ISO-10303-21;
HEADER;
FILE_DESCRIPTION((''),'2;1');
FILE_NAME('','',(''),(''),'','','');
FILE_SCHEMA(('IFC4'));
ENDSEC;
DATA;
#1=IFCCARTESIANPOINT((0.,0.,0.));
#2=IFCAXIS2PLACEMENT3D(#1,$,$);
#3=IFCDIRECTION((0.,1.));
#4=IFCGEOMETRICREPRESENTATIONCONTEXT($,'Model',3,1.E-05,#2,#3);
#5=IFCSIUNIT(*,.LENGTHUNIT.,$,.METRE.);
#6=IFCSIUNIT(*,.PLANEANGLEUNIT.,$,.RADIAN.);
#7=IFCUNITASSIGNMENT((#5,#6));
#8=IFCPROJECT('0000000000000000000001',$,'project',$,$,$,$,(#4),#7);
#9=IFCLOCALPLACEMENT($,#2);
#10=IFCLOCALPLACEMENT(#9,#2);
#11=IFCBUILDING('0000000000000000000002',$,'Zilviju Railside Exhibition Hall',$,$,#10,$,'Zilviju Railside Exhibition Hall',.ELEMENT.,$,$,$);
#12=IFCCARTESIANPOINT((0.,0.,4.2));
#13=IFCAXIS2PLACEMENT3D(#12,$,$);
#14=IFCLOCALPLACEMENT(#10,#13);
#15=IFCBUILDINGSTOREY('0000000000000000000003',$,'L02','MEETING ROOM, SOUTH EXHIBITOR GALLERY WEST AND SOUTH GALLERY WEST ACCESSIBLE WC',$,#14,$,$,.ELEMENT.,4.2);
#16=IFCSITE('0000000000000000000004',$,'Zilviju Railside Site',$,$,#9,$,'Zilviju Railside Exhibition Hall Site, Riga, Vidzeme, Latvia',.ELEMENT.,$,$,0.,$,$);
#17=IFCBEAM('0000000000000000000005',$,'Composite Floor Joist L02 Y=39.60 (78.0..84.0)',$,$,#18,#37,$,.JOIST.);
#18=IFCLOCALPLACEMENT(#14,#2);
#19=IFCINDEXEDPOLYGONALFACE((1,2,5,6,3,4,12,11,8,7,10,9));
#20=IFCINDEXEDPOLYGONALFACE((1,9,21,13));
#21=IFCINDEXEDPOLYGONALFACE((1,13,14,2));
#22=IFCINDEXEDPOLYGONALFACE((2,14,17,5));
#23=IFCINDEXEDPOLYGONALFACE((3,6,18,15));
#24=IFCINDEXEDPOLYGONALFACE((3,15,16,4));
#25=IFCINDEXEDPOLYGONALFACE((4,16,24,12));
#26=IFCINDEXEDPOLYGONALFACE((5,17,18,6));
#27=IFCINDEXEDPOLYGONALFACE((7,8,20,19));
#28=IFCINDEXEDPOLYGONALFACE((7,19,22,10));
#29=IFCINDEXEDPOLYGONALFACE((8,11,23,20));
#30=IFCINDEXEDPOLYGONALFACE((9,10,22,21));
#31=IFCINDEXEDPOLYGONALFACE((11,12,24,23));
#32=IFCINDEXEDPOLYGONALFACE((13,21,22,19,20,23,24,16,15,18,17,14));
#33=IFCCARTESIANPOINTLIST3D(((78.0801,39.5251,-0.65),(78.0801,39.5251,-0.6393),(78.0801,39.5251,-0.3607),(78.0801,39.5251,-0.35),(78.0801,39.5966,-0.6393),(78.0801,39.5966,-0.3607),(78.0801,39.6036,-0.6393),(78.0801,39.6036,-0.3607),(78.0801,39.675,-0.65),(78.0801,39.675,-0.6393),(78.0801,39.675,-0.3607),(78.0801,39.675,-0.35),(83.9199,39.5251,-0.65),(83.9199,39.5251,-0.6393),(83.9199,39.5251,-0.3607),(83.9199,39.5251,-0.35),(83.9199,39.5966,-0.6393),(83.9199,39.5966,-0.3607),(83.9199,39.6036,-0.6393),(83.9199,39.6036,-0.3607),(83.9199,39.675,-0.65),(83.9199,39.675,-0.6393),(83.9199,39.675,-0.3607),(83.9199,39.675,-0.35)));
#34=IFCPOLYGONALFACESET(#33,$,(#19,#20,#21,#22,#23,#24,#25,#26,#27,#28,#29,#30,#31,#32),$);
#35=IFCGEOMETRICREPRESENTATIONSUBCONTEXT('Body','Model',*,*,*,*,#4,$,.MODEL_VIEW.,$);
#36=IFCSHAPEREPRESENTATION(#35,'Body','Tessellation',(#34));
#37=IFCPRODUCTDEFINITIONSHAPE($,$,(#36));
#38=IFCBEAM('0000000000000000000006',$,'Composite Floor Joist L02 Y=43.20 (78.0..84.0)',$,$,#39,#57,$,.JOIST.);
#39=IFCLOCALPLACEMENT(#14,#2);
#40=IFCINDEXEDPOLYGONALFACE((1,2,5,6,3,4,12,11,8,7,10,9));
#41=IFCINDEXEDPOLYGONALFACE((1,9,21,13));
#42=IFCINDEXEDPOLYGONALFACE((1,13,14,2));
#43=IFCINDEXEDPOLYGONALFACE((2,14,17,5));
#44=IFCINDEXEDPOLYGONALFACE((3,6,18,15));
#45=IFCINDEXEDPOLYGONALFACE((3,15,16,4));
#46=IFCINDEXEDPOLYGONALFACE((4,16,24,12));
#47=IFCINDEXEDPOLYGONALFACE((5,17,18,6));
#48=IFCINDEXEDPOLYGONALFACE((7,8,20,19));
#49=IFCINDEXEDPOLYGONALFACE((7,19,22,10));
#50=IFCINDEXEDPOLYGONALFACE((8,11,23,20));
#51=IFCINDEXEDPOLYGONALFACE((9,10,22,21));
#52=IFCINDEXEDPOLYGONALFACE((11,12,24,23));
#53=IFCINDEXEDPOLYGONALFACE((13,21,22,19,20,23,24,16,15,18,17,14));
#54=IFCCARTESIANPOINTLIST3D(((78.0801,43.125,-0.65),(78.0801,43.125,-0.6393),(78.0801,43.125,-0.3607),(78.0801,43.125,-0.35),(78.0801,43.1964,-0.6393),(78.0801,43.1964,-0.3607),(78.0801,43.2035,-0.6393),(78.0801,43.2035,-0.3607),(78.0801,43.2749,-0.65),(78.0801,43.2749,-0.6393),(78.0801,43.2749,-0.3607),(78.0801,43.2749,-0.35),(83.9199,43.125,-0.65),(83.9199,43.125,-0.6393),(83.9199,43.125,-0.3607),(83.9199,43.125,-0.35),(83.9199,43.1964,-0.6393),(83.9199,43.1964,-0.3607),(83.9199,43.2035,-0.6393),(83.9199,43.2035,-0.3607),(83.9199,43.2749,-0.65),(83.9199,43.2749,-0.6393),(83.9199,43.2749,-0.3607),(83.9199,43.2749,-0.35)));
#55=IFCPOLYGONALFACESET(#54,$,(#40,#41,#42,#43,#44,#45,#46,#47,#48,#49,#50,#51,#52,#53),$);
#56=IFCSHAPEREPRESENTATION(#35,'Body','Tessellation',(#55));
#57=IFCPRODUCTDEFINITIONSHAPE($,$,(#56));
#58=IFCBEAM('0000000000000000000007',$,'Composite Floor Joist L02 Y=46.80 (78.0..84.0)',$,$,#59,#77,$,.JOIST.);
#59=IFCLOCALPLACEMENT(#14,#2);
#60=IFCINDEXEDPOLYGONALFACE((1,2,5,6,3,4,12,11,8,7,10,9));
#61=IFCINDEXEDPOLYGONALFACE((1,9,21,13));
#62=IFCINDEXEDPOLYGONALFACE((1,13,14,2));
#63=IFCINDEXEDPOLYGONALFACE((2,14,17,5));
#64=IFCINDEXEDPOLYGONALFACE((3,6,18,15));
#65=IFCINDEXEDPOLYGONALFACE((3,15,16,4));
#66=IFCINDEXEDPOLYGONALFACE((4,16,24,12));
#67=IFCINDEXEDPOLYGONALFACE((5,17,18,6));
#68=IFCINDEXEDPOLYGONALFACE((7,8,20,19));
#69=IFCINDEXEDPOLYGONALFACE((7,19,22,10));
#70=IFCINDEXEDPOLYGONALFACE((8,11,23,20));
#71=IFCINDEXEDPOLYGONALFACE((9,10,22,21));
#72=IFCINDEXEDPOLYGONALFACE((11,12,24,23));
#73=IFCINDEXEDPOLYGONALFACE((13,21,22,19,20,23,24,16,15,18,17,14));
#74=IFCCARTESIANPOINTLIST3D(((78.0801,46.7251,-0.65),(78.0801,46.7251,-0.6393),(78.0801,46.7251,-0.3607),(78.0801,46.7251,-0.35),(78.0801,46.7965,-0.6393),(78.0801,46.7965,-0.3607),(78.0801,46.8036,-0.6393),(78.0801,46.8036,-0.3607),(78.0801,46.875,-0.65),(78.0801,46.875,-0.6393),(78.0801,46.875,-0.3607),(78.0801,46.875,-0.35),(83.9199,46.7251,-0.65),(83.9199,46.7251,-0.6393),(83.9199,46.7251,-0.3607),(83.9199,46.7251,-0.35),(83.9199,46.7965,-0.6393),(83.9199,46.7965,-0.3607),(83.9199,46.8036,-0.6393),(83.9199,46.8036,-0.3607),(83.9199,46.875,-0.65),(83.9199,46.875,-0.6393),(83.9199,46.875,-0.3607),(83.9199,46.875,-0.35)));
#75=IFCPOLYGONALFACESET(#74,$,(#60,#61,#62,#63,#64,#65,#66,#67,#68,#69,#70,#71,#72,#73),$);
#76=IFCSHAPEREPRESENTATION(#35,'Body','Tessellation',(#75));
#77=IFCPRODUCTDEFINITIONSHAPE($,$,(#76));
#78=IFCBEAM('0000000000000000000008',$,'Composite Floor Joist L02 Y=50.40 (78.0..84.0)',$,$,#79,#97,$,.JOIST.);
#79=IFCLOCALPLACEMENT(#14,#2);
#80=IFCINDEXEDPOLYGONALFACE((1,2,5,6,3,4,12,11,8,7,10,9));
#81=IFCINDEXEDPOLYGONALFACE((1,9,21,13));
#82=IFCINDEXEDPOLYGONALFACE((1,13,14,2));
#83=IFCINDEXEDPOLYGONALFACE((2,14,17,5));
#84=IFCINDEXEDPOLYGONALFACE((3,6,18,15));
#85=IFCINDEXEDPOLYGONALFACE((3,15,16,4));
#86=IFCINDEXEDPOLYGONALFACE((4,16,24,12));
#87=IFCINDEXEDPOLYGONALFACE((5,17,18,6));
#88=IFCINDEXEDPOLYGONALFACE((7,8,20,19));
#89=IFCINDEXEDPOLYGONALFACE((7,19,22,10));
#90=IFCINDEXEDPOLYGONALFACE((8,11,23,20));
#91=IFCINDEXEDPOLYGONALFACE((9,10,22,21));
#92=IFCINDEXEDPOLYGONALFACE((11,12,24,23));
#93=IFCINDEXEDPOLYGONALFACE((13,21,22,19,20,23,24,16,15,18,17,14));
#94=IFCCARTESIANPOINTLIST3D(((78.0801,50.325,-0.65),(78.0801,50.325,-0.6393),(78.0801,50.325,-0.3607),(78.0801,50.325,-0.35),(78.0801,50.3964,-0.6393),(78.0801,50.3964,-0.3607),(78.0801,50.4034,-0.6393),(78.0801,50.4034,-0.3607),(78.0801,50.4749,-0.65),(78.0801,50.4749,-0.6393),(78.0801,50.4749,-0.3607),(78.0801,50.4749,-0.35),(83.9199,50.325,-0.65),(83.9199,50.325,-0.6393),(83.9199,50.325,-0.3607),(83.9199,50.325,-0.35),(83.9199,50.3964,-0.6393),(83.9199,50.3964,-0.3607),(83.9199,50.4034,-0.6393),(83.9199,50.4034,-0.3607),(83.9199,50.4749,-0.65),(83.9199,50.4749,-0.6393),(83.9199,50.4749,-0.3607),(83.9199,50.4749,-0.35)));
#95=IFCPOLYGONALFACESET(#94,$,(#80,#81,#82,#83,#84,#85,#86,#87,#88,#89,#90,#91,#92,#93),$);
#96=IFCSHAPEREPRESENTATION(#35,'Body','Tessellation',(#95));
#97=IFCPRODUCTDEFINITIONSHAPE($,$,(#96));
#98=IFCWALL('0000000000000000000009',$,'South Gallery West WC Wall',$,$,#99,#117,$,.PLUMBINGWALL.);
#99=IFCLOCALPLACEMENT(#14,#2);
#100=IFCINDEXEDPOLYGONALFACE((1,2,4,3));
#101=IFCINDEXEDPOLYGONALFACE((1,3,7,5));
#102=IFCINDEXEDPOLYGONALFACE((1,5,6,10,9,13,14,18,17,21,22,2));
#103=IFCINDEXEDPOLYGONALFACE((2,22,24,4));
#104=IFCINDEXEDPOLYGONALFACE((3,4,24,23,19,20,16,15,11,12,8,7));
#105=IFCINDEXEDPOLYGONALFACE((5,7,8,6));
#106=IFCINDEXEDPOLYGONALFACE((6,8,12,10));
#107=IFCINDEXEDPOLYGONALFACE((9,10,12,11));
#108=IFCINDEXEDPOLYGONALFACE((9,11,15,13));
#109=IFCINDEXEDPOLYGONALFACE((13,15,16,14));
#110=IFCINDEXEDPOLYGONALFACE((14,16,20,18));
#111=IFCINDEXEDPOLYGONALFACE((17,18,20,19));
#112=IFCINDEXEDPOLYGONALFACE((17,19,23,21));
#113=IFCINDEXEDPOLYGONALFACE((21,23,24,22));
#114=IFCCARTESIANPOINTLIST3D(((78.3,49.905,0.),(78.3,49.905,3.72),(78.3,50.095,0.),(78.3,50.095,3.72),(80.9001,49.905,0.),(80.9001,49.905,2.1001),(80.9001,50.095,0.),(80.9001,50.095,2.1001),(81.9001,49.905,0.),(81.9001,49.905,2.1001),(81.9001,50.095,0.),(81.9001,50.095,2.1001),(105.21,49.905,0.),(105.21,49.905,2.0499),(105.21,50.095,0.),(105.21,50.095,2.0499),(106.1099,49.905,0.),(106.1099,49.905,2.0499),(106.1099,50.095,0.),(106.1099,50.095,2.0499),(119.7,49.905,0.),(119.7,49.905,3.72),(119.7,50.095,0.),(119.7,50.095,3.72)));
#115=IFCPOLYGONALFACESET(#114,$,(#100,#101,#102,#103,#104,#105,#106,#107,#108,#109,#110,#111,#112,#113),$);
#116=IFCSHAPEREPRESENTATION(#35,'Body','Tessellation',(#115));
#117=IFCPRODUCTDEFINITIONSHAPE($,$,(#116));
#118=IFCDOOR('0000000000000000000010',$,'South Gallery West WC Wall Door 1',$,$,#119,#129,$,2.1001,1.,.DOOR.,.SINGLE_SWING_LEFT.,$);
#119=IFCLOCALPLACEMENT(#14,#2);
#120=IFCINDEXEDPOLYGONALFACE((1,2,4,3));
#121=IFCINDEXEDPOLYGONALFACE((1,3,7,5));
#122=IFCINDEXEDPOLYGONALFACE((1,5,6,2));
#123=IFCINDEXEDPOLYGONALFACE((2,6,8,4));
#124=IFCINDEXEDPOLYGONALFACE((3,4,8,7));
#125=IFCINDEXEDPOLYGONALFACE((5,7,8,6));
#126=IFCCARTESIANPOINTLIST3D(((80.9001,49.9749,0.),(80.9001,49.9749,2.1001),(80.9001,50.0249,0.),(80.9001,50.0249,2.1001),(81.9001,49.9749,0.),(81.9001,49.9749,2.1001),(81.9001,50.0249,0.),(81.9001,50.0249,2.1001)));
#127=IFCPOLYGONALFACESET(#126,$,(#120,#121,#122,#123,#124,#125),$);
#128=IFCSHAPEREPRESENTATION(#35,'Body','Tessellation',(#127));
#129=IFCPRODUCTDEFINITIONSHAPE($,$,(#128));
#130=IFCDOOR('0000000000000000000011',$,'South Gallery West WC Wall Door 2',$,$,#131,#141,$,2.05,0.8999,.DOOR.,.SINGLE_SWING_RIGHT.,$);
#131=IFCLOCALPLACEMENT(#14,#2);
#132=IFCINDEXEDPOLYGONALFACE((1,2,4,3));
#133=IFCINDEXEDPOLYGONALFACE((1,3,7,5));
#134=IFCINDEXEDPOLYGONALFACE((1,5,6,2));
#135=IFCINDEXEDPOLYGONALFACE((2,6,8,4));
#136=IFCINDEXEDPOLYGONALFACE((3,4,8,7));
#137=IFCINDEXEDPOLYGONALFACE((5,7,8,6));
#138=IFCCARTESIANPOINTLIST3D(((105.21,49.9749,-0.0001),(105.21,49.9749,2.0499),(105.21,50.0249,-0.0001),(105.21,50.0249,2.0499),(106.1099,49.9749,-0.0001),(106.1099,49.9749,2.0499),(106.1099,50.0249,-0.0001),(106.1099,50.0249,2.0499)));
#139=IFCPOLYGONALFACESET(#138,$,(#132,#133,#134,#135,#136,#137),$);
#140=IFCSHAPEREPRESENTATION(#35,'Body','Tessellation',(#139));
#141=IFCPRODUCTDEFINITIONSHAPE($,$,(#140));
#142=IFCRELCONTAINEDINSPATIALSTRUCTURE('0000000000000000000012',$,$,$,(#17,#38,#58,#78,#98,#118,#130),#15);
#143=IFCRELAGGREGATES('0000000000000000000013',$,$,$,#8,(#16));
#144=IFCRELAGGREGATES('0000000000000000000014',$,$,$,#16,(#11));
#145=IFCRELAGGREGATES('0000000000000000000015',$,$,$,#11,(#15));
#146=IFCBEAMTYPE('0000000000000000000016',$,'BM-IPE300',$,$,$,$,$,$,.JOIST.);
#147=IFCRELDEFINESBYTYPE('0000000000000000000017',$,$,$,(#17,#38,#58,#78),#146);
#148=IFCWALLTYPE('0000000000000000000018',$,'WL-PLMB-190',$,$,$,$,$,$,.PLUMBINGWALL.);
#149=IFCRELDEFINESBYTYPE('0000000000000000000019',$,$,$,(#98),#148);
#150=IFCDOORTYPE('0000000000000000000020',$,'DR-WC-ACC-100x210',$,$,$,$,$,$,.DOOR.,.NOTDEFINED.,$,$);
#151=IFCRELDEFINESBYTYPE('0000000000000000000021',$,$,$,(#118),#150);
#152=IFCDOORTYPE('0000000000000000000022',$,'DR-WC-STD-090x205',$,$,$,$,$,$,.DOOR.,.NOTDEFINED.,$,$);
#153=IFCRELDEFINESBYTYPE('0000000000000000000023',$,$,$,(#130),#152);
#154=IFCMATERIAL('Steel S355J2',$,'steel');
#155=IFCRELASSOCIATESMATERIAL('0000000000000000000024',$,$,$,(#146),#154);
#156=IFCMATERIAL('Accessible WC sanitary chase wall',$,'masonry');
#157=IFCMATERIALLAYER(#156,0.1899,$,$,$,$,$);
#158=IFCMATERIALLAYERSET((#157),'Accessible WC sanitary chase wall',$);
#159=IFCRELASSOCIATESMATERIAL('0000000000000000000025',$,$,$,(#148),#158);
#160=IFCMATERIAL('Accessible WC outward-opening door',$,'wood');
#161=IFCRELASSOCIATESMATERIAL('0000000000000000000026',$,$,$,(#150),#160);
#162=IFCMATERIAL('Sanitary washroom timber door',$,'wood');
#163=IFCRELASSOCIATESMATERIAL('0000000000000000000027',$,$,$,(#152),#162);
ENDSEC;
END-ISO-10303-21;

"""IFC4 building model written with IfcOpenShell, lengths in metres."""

from ifc_helpers import new_model, si_unit, direction, frame, frame_2d, origin, origin_2d, place, context, subcontext, project, spatial, rectangle, i_section, extrude, material, layer, layer_set, material_profile, profile_set, type_object, element, fill, save


model = new_model("IFC4")

# Units and contexts
model_context = context("Model", 3, precision=1e-05, world=origin(), true_north=direction((0.0, 1.0)))
body_context = subcontext(model_context, "Body", "Model", "MODEL_VIEW")
ifc_project = project(units=[si_unit("LENGTHUNIT", "METRE"), si_unit("PLANEANGLEUNIT", "RADIAN")], contexts=[model_context])

# Site, building, storey
site_placement = place(None, origin())
site = spatial("IfcSite", under=ifc_project, at=site_placement, Name="Zilviju Railside Site", LongName="Zilviju Railside Exhibition Hall Site, Riga, Vidzeme, Latvia", CompositionType="ELEMENT", RefElevation=0.0)
building_placement = place(site_placement, origin())
building = spatial("IfcBuilding", under=site, at=building_placement, Name="Zilviju Railside Exhibition Hall", LongName="Zilviju Railside Exhibition Hall", CompositionType="ELEMENT")
storey_placement = place(building_placement, frame((0.0, 0.0, 4.2)))
storey = spatial("IfcBuildingStorey", under=building, at=storey_placement, Name="L02", Description="MEETING ROOM, SOUTH EXHIBITOR GALLERY WEST AND SOUTH GALLERY WEST ACCESSIBLE WC", CompositionType="ELEMENT", Elevation=4.2)

# Shared definitions
ifc_material_1 = material(Name="Steel S355J2", Category="steel")

# Beams
ifc_material_profile_1 = material_profile(ifc_material_1, i_section(OverallWidth=0.1499, OverallDepth=0.3, WebThickness=0.0071, FlangeThickness=0.0107, at=origin_2d()), Name="IPE 300")
ifc_profile_set_1 = profile_set([ifc_material_profile_1], Name="Steel S355J2")
beam_type_1 = type_object("IfcBeamType", Name="BM-IPE300", PredefinedType="JOIST", material=ifc_profile_set_1)
for number, where, z_axis, x_axis, name in (
    (1, (78.0801, 39.6001, -0.5), (1.0, 0.0, 0.0), (0.0, 1.0, 0.0), "Composite Floor Joist L02 Y=39.60 (78.0..84.0)"),
    (2, (78.0801, 43.2, -0.5), (1.0, 0.0, 0.0), (0.0, 1.0, 0.0), "Composite Floor Joist L02 Y=43.20 (78.0..84.0)"),
    (3, (78.0801, 46.8, -0.5), (1.0, 0.0, 0.0), (0.0, 1.0, 0.0), "Composite Floor Joist L02 Y=46.80 (78.0..84.0)"),
    (4, (78.0801, 50.3999, -0.5), (1.0, 0.0, 0.0), (0.0, 1.0, 0.0), "Composite Floor Joist L02 Y=50.40 (78.0..84.0)"),
):
    element("IfcBeam", number, at=place(storey_placement, frame(where, z_axis=z_axis, x_axis=x_axis)), inside=storey, type_object=beam_type_1, Name=name, PredefinedType="JOIST", context=body_context, shape_type="SweptSolid", body=[
        extrude(i_section(OverallWidth=0.1499, OverallDepth=0.3, WebThickness=0.0071, FlangeThickness=0.0107, at=origin_2d()), origin(), (0.0, 0.0, 1.0), 5.8398),
    ])

# Wall, openings, doors
ifc_material_2 = material(Name="Accessible WC sanitary chase wall", Category="masonry")
ifc_layer_1 = layer(ifc_material_2, 0.1899)
ifc_layer_set_1 = layer_set([ifc_layer_1], Name="Accessible WC sanitary chase wall")
wall_type_1 = type_object("IfcWallType", Name="WL-PLMB-190", PredefinedType="PLUMBINGWALL", material=ifc_layer_set_1)
wall_1_placement = place(storey_placement, frame((78.3, 50.0, 0.0), z_axis=(0.0, 0.0, 1.0), x_axis=(1.0, 0.0, 0.0)))
wall_1 = element("IfcWall", 5, at=wall_1_placement, inside=storey, type_object=wall_type_1, Name="South Gallery West WC Wall", PredefinedType="PLUMBINGWALL", context=body_context, shape_type="SweptSolid", body=[
    extrude(rectangle(XDim=41.3999, YDim=0.1899, at=frame_2d((20.7, 0.0))), origin(), (0.0, 0.0, 1.0), 3.72),
])
opening_1_placement = place(wall_1_placement, frame((2.6001, 0.0, 0.0)))
opening_1 = element("IfcOpeningElement", 6, at=opening_1_placement, cuts=wall_1, PredefinedType="OPENING", context=body_context, shape_type="SweptSolid", body=[
    extrude(rectangle(XDim=1.0, YDim=2.1001, at=frame_2d((0.5, 1.05))), frame((0.0, 0.105, 0.0), z_axis=(0.0, -1.0, 0.0), x_axis=(1.0, 0.0, 0.0)), (0.0, 0.0, 1.0), 0.21),
])
opening_2_placement = place(wall_1_placement, frame((26.9099, 0.0, 0.0)))
opening_2 = element("IfcOpeningElement", 7, at=opening_2_placement, cuts=wall_1, PredefinedType="OPENING", context=body_context, shape_type="SweptSolid", body=[
    extrude(rectangle(XDim=0.8999, YDim=2.05, at=frame_2d((0.45, 1.0249))), frame((0.0, 0.105, 0.0), z_axis=(0.0, -1.0, 0.0), x_axis=(1.0, 0.0, 0.0)), (0.0, 0.0, 1.0), 0.21),
])
ifc_material_3 = material(Name="Accessible WC outward-opening door", Category="wood")
door_type_1 = type_object("IfcDoorType", Name="DR-WC-ACC-100x210", OperationType="NOTDEFINED", PredefinedType="DOOR", material=ifc_material_3)
door_1_placement = place(opening_1_placement, origin())
door_1 = element("IfcDoor", 8, at=door_1_placement, inside=storey, type_object=door_type_1, Name="South Gallery West WC Wall Door 1", OperationType="SINGLE_SWING_LEFT", OverallHeight=2.1001, OverallWidth=1.0, PredefinedType="DOOR", context=body_context, shape_type="SweptSolid", body=[
    extrude(rectangle(XDim=1.0, YDim=2.1001, at=frame_2d((0.5, 1.05))), frame((0.0, 0.0249, 0.0), z_axis=(0.0, -1.0, 0.0), x_axis=(1.0, 0.0, 0.0)), (0.0, 0.0, 1.0), 0.05),
])
fill(opening_1, door_1)
ifc_material_4 = material(Name="Sanitary washroom timber door", Category="wood")
door_type_2 = type_object("IfcDoorType", Name="DR-WC-STD-090x205", OperationType="NOTDEFINED", PredefinedType="DOOR", material=ifc_material_4)
door_2_placement = place(opening_2_placement, origin())
door_2 = element("IfcDoor", 9, at=door_2_placement, inside=storey, type_object=door_type_2, Name="South Gallery West WC Wall Door 2", OperationType="SINGLE_SWING_RIGHT", OverallHeight=2.05, OverallWidth=0.8999, PredefinedType="DOOR", context=body_context, shape_type="SweptSolid", body=[
    extrude(rectangle(XDim=0.8999, YDim=2.05, at=frame_2d((0.45, 1.0249))), frame((0.0, 0.0249, 0.0), z_axis=(0.0, -1.0, 0.0), x_axis=(1.0, 0.0, 0.0)), (0.0, 0.0, 1.0), 0.05),
])
fill(opening_2, door_2)

save(model, "model.ifc")
